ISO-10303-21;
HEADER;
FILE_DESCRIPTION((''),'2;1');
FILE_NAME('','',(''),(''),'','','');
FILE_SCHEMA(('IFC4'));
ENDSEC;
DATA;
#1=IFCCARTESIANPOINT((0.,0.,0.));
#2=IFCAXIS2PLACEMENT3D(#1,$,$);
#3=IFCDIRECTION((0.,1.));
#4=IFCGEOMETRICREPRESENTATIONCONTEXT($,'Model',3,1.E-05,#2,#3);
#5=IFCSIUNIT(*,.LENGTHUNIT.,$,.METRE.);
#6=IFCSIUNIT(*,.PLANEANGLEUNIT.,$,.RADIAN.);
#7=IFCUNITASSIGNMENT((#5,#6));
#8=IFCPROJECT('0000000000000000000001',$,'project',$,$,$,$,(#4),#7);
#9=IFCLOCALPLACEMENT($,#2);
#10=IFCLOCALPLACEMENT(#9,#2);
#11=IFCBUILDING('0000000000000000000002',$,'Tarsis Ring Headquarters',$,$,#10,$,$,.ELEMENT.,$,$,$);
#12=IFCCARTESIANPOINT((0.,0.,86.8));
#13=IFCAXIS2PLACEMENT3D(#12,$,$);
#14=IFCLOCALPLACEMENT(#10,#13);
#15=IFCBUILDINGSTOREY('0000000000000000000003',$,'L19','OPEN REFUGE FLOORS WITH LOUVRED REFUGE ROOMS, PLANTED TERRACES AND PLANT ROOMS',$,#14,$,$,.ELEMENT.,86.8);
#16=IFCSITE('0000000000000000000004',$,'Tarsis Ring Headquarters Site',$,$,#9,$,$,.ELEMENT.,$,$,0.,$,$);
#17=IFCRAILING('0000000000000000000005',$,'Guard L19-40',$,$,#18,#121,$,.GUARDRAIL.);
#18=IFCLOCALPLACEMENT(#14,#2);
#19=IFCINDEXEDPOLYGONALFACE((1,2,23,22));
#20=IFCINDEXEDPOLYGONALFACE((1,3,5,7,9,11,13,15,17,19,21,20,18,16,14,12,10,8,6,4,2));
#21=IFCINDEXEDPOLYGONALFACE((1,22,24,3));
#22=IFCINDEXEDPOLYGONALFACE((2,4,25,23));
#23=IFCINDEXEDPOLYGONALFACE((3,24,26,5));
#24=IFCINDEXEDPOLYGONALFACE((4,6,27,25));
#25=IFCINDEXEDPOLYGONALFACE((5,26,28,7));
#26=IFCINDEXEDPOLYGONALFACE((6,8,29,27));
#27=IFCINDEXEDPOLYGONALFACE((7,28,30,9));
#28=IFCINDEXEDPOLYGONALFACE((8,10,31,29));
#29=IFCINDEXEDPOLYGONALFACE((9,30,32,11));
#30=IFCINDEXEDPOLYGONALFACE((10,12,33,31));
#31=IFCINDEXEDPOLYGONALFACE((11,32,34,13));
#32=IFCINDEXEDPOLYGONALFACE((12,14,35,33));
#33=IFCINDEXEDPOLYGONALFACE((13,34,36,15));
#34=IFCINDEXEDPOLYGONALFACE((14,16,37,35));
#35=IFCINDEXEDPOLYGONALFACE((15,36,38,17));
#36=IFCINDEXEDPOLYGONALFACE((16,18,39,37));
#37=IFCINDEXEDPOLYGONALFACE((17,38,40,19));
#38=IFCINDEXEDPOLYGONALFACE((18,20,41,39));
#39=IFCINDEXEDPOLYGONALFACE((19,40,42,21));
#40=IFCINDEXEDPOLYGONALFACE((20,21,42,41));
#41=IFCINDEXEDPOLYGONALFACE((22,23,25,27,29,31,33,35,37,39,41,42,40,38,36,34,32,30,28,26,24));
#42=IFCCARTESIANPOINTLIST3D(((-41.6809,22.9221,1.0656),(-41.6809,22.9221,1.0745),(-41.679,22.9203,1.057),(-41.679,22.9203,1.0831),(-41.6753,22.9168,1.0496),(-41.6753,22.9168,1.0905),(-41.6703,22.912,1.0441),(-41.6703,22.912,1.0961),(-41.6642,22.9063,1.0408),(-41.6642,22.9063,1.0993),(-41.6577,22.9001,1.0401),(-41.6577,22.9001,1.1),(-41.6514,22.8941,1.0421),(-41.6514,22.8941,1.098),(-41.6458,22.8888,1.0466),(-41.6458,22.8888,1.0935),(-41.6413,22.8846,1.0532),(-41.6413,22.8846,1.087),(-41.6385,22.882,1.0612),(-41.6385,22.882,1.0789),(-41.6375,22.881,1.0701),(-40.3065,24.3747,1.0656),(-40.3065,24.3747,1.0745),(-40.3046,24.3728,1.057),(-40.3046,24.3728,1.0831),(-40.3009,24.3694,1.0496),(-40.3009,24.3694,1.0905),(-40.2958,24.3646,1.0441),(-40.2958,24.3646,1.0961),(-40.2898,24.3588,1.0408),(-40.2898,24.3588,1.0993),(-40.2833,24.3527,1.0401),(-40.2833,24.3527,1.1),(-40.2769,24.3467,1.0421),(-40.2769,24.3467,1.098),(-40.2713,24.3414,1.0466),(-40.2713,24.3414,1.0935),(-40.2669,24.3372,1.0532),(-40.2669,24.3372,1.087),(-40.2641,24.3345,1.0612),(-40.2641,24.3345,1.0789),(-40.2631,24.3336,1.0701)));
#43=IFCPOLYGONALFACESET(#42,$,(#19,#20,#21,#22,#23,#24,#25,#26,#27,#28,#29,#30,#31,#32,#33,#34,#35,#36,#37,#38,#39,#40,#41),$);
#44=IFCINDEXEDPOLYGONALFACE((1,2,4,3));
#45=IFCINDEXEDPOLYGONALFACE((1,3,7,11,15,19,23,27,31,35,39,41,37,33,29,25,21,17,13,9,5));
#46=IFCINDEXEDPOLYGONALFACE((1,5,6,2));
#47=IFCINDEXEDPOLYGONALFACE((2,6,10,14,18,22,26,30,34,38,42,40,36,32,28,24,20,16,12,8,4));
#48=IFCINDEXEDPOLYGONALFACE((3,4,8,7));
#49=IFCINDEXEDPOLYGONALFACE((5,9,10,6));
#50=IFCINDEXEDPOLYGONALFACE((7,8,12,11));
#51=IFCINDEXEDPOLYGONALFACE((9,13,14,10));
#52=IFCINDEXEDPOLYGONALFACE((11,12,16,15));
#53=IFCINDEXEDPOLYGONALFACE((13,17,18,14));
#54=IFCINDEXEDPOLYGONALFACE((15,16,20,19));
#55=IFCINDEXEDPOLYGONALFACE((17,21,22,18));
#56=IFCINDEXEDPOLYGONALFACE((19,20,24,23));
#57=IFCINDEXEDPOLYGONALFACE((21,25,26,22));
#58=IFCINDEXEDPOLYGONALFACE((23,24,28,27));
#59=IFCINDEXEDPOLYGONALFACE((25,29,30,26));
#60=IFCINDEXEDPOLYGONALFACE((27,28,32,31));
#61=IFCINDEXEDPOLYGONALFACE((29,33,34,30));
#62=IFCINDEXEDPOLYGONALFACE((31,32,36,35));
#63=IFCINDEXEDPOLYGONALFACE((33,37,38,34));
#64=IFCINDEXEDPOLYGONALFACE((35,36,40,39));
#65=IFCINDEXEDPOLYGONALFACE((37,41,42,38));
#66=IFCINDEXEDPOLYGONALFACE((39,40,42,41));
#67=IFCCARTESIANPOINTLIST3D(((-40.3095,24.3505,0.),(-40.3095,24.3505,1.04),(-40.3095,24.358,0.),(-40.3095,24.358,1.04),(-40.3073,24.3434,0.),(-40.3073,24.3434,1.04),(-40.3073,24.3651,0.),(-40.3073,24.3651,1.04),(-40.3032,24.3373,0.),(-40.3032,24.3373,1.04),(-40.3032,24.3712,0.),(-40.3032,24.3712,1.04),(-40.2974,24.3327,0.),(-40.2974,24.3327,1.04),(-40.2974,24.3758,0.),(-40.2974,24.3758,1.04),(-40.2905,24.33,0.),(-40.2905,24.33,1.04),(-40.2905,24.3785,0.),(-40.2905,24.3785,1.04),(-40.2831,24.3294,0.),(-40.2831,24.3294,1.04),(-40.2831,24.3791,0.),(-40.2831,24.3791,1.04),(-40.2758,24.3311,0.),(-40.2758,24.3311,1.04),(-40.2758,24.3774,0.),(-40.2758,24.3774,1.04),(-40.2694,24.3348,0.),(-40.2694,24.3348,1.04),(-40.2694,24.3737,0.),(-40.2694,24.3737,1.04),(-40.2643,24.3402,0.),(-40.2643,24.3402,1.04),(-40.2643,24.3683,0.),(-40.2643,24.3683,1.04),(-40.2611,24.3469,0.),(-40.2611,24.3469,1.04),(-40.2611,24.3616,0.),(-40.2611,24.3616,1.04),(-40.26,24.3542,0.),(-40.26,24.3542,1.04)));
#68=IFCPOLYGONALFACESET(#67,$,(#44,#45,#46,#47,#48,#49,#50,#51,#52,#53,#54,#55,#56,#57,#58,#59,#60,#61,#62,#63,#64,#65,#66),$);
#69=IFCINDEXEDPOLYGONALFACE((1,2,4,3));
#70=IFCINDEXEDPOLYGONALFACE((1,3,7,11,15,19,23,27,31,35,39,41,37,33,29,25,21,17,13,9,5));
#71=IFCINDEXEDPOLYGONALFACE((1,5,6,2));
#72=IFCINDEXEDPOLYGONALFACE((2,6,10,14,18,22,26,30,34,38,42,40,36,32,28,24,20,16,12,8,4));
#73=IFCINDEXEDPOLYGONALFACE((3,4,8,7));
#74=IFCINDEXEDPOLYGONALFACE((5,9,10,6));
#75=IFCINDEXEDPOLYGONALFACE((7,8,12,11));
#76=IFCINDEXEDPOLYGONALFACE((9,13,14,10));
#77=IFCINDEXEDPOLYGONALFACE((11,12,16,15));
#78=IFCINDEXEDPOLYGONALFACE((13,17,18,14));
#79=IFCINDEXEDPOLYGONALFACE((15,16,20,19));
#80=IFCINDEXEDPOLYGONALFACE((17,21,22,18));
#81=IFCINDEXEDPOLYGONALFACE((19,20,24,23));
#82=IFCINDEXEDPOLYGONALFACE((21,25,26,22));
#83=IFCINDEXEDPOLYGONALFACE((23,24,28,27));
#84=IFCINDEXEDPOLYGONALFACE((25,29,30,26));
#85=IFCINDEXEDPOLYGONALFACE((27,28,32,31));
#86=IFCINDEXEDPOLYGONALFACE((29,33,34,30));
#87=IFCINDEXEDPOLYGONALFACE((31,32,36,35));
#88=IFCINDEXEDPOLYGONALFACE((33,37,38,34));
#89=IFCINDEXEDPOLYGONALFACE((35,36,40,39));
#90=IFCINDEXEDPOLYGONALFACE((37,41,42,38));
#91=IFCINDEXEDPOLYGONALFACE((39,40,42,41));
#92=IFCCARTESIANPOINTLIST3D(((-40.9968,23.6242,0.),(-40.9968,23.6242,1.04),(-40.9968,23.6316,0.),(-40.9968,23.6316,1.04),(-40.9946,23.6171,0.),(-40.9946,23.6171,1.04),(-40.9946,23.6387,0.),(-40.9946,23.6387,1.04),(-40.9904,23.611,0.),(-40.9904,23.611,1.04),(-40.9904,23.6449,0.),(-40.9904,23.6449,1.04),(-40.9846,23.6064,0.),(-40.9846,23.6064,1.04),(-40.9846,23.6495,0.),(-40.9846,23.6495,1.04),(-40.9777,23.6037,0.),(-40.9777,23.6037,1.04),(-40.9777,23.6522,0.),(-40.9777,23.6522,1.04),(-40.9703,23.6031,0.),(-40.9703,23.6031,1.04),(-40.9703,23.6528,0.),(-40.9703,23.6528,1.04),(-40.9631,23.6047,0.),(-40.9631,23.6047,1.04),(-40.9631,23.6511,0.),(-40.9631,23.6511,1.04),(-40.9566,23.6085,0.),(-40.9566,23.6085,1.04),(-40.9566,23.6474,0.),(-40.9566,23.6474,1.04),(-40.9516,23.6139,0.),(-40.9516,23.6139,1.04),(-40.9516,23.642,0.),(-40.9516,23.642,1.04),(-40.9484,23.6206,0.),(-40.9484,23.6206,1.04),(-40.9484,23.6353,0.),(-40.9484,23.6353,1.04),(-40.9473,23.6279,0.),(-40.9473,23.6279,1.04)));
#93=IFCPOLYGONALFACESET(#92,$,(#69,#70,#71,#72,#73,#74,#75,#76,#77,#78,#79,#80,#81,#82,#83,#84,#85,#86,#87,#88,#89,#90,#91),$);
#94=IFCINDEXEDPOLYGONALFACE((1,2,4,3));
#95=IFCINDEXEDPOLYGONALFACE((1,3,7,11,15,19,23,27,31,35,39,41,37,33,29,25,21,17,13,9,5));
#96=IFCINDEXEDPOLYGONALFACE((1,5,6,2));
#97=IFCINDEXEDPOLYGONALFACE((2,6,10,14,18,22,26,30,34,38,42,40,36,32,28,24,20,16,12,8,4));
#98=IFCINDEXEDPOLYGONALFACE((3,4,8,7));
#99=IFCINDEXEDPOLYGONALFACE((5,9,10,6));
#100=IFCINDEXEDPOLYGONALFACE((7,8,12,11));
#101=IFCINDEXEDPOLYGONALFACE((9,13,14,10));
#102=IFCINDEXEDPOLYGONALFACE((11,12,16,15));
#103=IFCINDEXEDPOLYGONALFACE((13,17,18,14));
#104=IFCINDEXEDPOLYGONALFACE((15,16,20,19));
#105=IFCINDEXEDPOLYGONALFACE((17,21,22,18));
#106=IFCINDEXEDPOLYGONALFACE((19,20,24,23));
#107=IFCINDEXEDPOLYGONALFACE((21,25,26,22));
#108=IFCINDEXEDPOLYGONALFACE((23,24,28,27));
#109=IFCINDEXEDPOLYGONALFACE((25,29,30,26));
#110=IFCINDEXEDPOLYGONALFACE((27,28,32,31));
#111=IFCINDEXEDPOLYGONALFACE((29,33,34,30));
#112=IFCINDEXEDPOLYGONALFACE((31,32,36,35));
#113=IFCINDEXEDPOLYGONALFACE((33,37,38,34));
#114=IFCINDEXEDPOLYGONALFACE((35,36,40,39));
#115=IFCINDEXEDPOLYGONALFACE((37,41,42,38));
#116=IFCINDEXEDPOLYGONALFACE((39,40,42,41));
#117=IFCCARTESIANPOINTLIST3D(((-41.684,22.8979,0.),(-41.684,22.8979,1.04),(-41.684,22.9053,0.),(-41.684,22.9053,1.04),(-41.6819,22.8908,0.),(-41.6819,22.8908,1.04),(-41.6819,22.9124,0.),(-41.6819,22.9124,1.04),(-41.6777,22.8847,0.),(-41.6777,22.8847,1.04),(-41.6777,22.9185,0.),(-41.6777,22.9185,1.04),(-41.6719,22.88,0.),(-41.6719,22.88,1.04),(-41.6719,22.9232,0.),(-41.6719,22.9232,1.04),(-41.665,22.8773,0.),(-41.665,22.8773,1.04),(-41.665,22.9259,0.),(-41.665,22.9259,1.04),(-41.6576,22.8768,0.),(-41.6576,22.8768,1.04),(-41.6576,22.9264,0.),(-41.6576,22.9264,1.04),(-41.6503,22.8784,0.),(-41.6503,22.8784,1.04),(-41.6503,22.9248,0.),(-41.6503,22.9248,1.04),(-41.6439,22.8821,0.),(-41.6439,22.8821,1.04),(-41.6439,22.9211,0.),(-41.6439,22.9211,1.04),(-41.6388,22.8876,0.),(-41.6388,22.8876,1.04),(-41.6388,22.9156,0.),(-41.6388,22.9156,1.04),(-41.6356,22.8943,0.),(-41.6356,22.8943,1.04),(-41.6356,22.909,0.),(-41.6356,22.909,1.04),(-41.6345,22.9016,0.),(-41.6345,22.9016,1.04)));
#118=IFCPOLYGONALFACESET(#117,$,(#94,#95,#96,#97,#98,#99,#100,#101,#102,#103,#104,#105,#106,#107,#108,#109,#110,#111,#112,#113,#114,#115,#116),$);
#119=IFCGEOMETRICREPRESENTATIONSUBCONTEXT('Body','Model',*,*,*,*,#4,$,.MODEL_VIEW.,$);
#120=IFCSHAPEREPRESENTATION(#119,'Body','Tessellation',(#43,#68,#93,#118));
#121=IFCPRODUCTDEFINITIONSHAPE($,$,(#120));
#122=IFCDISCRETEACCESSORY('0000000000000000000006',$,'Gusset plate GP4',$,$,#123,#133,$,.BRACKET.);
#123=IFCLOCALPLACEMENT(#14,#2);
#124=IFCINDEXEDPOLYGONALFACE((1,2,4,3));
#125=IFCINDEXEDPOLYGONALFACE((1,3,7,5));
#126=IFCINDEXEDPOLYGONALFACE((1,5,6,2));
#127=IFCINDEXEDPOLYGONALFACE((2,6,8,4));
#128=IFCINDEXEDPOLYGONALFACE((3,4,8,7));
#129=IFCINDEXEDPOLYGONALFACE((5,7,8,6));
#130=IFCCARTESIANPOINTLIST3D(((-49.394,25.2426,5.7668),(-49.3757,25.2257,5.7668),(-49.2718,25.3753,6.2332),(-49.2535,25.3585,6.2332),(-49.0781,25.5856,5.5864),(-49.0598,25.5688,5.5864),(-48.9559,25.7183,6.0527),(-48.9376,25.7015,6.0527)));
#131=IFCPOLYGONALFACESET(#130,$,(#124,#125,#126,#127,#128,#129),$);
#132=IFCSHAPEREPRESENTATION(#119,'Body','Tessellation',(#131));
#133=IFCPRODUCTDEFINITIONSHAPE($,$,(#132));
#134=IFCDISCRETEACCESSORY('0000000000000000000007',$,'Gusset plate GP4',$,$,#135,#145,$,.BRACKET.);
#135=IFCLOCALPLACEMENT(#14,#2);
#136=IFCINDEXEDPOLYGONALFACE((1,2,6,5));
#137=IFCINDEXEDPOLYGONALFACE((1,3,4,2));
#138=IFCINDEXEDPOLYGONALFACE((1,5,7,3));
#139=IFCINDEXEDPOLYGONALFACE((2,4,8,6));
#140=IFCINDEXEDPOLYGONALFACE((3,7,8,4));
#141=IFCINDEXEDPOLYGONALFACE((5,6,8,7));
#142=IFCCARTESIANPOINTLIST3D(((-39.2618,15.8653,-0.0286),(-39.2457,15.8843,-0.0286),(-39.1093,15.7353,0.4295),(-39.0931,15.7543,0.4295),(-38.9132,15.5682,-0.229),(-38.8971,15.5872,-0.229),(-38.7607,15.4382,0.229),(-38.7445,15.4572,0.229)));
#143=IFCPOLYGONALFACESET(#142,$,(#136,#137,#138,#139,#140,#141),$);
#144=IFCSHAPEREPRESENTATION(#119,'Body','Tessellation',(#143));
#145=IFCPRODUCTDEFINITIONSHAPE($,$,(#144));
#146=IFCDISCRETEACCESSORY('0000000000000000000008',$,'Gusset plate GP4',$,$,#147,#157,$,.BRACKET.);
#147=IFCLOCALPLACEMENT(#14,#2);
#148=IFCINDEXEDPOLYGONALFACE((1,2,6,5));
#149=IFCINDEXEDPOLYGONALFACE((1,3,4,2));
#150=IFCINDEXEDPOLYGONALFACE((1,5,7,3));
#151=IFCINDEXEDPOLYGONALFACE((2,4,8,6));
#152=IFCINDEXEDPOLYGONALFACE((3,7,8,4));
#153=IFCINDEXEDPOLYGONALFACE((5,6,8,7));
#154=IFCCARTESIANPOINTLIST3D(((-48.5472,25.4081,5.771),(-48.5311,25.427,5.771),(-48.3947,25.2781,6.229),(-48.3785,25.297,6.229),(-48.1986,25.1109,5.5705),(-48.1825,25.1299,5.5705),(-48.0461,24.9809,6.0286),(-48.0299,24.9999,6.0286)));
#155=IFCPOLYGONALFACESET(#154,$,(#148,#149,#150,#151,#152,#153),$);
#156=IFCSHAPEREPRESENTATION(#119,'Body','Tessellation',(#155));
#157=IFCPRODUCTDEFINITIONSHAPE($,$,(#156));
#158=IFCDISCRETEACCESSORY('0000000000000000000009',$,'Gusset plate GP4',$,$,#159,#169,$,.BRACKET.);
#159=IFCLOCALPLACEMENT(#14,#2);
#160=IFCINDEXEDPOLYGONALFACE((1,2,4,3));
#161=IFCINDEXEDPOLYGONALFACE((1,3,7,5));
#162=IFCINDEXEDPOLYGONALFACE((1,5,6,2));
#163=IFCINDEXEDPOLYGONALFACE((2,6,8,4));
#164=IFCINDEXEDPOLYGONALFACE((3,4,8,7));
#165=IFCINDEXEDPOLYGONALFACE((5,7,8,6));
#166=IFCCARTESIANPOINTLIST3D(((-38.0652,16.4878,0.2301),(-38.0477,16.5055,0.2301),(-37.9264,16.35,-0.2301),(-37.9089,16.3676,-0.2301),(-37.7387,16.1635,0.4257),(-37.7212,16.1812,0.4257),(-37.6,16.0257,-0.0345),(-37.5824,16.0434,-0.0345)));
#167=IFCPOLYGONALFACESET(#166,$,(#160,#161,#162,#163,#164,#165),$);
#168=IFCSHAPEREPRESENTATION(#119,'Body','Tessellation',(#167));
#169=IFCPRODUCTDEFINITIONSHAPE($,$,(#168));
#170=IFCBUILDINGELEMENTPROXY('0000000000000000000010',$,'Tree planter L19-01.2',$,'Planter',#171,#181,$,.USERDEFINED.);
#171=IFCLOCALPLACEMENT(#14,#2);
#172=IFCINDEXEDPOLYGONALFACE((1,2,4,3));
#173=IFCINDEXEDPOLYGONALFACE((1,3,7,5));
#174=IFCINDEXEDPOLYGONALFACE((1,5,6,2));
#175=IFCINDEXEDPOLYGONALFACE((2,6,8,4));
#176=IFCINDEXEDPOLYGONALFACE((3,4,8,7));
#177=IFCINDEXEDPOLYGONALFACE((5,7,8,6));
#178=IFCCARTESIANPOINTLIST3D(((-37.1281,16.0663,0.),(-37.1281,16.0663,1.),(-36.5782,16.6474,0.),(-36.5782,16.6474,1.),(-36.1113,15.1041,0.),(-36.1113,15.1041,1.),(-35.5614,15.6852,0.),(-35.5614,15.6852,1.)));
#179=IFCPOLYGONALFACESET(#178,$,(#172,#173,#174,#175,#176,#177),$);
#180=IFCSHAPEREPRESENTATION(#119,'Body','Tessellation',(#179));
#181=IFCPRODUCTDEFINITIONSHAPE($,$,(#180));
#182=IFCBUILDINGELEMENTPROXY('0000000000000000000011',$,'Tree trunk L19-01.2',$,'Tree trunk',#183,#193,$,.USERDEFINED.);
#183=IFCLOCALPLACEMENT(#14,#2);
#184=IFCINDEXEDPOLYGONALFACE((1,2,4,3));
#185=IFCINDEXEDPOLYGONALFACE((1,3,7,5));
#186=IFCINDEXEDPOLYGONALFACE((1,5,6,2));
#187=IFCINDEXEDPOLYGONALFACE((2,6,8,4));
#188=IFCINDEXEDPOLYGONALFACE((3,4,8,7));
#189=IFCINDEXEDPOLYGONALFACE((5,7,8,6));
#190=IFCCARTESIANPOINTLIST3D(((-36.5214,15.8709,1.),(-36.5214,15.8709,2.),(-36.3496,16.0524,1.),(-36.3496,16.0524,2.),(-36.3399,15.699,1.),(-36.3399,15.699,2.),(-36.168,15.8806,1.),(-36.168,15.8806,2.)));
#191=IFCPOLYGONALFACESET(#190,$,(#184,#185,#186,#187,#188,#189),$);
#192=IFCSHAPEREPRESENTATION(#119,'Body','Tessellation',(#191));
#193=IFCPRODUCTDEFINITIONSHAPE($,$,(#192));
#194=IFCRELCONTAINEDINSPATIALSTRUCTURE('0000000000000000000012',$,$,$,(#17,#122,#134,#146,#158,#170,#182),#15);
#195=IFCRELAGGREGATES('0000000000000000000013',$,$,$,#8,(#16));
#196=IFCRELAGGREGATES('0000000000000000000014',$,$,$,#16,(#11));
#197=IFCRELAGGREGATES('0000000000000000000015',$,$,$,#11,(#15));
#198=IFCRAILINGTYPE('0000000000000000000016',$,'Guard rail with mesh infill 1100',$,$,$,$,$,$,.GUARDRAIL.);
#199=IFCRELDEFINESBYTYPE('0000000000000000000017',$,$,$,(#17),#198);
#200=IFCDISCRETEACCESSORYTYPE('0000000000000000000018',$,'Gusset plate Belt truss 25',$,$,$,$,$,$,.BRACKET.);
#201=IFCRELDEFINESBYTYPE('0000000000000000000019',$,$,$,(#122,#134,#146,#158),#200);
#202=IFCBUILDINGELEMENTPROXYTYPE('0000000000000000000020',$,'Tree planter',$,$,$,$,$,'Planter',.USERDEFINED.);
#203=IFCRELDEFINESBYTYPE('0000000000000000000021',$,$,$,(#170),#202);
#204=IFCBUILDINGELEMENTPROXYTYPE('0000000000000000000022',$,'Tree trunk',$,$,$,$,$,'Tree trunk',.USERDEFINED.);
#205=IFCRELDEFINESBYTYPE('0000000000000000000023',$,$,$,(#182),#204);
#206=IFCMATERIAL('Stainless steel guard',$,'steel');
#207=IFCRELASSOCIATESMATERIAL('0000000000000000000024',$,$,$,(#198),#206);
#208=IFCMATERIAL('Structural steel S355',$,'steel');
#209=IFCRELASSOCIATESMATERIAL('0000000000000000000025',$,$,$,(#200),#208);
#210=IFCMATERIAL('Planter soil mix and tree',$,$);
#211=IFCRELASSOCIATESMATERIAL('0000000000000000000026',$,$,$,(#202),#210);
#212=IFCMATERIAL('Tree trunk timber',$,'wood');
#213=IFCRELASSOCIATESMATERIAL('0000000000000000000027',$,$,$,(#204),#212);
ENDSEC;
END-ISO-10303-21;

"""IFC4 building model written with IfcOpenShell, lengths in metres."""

from ifc_helpers import new_model, si_unit, direction, frame, origin, origin_2d, place, context, subcontext, project, spatial, rectangle, circle, extrude, material, material_profile, profile_set, type_object, element, save


model = new_model("IFC4")

# Units and contexts
model_context = context("Model", 3, precision=1e-05, world=origin(), true_north=direction((0.0, 1.0)))
body_context = subcontext(model_context, "Body", "Model", "MODEL_VIEW")
ifc_project = project(units=[si_unit("LENGTHUNIT", "METRE"), si_unit("PLANEANGLEUNIT", "RADIAN")], contexts=[model_context])

# Site, building, storey
site_placement = place(None, origin())
site = spatial("IfcSite", under=ifc_project, at=site_placement, Name="Tarsis Ring Headquarters Site", CompositionType="ELEMENT", RefElevation=0.0)
building_placement = place(site_placement, origin())
building = spatial("IfcBuilding", under=site, at=building_placement, Name="Tarsis Ring Headquarters", CompositionType="ELEMENT")
storey_placement = place(building_placement, frame((0.0, 0.0, 86.8)))
storey = spatial("IfcBuildingStorey", under=building, at=storey_placement, Name="L19", Description="OPEN REFUGE FLOORS WITH LOUVRED REFUGE ROOMS, PLANTED TERRACES AND PLANT ROOMS", CompositionType="ELEMENT", Elevation=86.8)

# Shared definitions
ifc_material_1 = material(Name="Structural steel S355", Category="steel")

# Railing
ifc_material_2 = material(Name="Stainless steel guard", Category="steel")
railing_type_1 = type_object("IfcRailingType", Name="Guard rail with mesh infill 1100", PredefinedType="GUARDRAIL", material=ifc_material_2)
railing_1_placement = place(storey_placement, frame((-40.2849, 24.3542, 0.0)))
element("IfcRailing", 1, at=railing_1_placement, inside=storey, type_object=railing_type_1, Name="Guard L19-40", PredefinedType="GUARDRAIL", context=body_context, shape_type="SweptSolid", body=[
    extrude(circle(Radius=0.03, at=origin_2d()), frame((0.0, 0.0, 1.0701), z_axis=(-0.687304, -0.72637, 0.0), x_axis=(0.72637, -0.687304, 0.0)), (0.0, 0.0, 1.0), 1.9998),
    extrude(circle(Radius=0.0249, at=origin_2d()), origin(), (0.0, 0.0, 1.0), 1.04),
    extrude(circle(Radius=0.0249, at=origin_2d()), frame((-0.6873, -0.7263, 0.0)), (0.0, 0.0, 1.0), 1.04),
    extrude(circle(Radius=0.0249, at=origin_2d()), frame((-1.3745, -1.4526, 0.0)), (0.0, 0.0, 1.0), 1.04),
])

# Discrete accessories
ifc_material_profile_1 = material_profile(ifc_material_1, rectangle(XDim=0.0249, YDim=0.5, at=origin_2d()), Name="PL 25x500")
ifc_profile_set_1 = profile_set([ifc_material_profile_1], Name="Structural steel S355")
discrete_accessory_type = type_object("IfcDiscreteAccessoryType", Name="Gusset plate Belt truss 25", PredefinedType="BRACKET", material=ifc_profile_set_1)
for number, where, z_axis, x_axis, name in (
    (2, (-49.3237, 25.3005, 6.0), (0.631815, 0.686012, -0.360828), (-0.735566, 0.677453, 0.0), "Gusset plate GP4"),
    (3, (-38.8289, 15.5127, 0.0), (-0.697265, 0.594238, 0.400878), (-0.648638, -0.761097, 0.0), "Gusset plate GP4"),
    (4, (-48.4629, 25.3525, 6.0), (0.697265, -0.594238, -0.400878), (0.648638, 0.761097, 0.0), "Gusset plate GP4"),
    (5, (-37.9871, 16.4277, 0.0), (0.652953, -0.648557, 0.391186), (0.704715, 0.709491, 0.0), "Gusset plate GP4"),
):
    element("IfcDiscreteAccessory", number, at=place(storey_placement, frame(where, z_axis=z_axis, x_axis=x_axis)), inside=storey, type_object=discrete_accessory_type, Name=name, PredefinedType="BRACKET", context=body_context, shape_type="SweptSolid", body=[
        extrude(rectangle(XDim=0.0249, YDim=0.5, at=origin_2d()), origin(), (0.0, 0.0, 1.0), 0.5),
    ])

# Building element proxies
ifc_material_3 = material(Name="Planter soil mix and tree")
building_element_proxy_type_1 = type_object("IfcBuildingElementProxyType", Name="Tree planter", ElementType="Planter", PredefinedType="USERDEFINED", material=ifc_material_3)
proxy_1_placement = place(storey_placement, frame((-36.3447, 15.8757, 0.0), z_axis=(0.0, 0.0, 1.0), x_axis=(0.726335, -0.687341, 0.0)))
element("IfcBuildingElementProxy", 6, at=proxy_1_placement, inside=storey, type_object=building_element_proxy_type_1, Name="Tree planter L19-01.2", ObjectType="Planter", PredefinedType="USERDEFINED", context=body_context, shape_type="SweptSolid", body=[
    extrude(rectangle(XDim=1.3999, YDim=0.8, at=origin_2d()), origin(), (0.0, 0.0, 1.0), 1.0),
])
ifc_material_4 = material(Name="Tree trunk timber", Category="wood")
building_element_proxy_type_2 = type_object("IfcBuildingElementProxyType", Name="Tree trunk", ElementType="Tree trunk", PredefinedType="USERDEFINED", material=ifc_material_4)
proxy_2_placement = place(storey_placement, frame((-36.3447, 15.8757, 1.0), z_axis=(0.0, 0.0, 1.0), x_axis=(0.726335, -0.687341, 0.0)))
element("IfcBuildingElementProxy", 7, at=proxy_2_placement, inside=storey, type_object=building_element_proxy_type_2, Name="Tree trunk L19-01.2", ObjectType="Tree trunk", PredefinedType="USERDEFINED", context=body_context, shape_type="SweptSolid", body=[
    extrude(rectangle(XDim=0.25, YDim=0.25, at=origin_2d()), origin(), (0.0, 0.0, 1.0), 1.0),
])

save(model, "model.ifc")
